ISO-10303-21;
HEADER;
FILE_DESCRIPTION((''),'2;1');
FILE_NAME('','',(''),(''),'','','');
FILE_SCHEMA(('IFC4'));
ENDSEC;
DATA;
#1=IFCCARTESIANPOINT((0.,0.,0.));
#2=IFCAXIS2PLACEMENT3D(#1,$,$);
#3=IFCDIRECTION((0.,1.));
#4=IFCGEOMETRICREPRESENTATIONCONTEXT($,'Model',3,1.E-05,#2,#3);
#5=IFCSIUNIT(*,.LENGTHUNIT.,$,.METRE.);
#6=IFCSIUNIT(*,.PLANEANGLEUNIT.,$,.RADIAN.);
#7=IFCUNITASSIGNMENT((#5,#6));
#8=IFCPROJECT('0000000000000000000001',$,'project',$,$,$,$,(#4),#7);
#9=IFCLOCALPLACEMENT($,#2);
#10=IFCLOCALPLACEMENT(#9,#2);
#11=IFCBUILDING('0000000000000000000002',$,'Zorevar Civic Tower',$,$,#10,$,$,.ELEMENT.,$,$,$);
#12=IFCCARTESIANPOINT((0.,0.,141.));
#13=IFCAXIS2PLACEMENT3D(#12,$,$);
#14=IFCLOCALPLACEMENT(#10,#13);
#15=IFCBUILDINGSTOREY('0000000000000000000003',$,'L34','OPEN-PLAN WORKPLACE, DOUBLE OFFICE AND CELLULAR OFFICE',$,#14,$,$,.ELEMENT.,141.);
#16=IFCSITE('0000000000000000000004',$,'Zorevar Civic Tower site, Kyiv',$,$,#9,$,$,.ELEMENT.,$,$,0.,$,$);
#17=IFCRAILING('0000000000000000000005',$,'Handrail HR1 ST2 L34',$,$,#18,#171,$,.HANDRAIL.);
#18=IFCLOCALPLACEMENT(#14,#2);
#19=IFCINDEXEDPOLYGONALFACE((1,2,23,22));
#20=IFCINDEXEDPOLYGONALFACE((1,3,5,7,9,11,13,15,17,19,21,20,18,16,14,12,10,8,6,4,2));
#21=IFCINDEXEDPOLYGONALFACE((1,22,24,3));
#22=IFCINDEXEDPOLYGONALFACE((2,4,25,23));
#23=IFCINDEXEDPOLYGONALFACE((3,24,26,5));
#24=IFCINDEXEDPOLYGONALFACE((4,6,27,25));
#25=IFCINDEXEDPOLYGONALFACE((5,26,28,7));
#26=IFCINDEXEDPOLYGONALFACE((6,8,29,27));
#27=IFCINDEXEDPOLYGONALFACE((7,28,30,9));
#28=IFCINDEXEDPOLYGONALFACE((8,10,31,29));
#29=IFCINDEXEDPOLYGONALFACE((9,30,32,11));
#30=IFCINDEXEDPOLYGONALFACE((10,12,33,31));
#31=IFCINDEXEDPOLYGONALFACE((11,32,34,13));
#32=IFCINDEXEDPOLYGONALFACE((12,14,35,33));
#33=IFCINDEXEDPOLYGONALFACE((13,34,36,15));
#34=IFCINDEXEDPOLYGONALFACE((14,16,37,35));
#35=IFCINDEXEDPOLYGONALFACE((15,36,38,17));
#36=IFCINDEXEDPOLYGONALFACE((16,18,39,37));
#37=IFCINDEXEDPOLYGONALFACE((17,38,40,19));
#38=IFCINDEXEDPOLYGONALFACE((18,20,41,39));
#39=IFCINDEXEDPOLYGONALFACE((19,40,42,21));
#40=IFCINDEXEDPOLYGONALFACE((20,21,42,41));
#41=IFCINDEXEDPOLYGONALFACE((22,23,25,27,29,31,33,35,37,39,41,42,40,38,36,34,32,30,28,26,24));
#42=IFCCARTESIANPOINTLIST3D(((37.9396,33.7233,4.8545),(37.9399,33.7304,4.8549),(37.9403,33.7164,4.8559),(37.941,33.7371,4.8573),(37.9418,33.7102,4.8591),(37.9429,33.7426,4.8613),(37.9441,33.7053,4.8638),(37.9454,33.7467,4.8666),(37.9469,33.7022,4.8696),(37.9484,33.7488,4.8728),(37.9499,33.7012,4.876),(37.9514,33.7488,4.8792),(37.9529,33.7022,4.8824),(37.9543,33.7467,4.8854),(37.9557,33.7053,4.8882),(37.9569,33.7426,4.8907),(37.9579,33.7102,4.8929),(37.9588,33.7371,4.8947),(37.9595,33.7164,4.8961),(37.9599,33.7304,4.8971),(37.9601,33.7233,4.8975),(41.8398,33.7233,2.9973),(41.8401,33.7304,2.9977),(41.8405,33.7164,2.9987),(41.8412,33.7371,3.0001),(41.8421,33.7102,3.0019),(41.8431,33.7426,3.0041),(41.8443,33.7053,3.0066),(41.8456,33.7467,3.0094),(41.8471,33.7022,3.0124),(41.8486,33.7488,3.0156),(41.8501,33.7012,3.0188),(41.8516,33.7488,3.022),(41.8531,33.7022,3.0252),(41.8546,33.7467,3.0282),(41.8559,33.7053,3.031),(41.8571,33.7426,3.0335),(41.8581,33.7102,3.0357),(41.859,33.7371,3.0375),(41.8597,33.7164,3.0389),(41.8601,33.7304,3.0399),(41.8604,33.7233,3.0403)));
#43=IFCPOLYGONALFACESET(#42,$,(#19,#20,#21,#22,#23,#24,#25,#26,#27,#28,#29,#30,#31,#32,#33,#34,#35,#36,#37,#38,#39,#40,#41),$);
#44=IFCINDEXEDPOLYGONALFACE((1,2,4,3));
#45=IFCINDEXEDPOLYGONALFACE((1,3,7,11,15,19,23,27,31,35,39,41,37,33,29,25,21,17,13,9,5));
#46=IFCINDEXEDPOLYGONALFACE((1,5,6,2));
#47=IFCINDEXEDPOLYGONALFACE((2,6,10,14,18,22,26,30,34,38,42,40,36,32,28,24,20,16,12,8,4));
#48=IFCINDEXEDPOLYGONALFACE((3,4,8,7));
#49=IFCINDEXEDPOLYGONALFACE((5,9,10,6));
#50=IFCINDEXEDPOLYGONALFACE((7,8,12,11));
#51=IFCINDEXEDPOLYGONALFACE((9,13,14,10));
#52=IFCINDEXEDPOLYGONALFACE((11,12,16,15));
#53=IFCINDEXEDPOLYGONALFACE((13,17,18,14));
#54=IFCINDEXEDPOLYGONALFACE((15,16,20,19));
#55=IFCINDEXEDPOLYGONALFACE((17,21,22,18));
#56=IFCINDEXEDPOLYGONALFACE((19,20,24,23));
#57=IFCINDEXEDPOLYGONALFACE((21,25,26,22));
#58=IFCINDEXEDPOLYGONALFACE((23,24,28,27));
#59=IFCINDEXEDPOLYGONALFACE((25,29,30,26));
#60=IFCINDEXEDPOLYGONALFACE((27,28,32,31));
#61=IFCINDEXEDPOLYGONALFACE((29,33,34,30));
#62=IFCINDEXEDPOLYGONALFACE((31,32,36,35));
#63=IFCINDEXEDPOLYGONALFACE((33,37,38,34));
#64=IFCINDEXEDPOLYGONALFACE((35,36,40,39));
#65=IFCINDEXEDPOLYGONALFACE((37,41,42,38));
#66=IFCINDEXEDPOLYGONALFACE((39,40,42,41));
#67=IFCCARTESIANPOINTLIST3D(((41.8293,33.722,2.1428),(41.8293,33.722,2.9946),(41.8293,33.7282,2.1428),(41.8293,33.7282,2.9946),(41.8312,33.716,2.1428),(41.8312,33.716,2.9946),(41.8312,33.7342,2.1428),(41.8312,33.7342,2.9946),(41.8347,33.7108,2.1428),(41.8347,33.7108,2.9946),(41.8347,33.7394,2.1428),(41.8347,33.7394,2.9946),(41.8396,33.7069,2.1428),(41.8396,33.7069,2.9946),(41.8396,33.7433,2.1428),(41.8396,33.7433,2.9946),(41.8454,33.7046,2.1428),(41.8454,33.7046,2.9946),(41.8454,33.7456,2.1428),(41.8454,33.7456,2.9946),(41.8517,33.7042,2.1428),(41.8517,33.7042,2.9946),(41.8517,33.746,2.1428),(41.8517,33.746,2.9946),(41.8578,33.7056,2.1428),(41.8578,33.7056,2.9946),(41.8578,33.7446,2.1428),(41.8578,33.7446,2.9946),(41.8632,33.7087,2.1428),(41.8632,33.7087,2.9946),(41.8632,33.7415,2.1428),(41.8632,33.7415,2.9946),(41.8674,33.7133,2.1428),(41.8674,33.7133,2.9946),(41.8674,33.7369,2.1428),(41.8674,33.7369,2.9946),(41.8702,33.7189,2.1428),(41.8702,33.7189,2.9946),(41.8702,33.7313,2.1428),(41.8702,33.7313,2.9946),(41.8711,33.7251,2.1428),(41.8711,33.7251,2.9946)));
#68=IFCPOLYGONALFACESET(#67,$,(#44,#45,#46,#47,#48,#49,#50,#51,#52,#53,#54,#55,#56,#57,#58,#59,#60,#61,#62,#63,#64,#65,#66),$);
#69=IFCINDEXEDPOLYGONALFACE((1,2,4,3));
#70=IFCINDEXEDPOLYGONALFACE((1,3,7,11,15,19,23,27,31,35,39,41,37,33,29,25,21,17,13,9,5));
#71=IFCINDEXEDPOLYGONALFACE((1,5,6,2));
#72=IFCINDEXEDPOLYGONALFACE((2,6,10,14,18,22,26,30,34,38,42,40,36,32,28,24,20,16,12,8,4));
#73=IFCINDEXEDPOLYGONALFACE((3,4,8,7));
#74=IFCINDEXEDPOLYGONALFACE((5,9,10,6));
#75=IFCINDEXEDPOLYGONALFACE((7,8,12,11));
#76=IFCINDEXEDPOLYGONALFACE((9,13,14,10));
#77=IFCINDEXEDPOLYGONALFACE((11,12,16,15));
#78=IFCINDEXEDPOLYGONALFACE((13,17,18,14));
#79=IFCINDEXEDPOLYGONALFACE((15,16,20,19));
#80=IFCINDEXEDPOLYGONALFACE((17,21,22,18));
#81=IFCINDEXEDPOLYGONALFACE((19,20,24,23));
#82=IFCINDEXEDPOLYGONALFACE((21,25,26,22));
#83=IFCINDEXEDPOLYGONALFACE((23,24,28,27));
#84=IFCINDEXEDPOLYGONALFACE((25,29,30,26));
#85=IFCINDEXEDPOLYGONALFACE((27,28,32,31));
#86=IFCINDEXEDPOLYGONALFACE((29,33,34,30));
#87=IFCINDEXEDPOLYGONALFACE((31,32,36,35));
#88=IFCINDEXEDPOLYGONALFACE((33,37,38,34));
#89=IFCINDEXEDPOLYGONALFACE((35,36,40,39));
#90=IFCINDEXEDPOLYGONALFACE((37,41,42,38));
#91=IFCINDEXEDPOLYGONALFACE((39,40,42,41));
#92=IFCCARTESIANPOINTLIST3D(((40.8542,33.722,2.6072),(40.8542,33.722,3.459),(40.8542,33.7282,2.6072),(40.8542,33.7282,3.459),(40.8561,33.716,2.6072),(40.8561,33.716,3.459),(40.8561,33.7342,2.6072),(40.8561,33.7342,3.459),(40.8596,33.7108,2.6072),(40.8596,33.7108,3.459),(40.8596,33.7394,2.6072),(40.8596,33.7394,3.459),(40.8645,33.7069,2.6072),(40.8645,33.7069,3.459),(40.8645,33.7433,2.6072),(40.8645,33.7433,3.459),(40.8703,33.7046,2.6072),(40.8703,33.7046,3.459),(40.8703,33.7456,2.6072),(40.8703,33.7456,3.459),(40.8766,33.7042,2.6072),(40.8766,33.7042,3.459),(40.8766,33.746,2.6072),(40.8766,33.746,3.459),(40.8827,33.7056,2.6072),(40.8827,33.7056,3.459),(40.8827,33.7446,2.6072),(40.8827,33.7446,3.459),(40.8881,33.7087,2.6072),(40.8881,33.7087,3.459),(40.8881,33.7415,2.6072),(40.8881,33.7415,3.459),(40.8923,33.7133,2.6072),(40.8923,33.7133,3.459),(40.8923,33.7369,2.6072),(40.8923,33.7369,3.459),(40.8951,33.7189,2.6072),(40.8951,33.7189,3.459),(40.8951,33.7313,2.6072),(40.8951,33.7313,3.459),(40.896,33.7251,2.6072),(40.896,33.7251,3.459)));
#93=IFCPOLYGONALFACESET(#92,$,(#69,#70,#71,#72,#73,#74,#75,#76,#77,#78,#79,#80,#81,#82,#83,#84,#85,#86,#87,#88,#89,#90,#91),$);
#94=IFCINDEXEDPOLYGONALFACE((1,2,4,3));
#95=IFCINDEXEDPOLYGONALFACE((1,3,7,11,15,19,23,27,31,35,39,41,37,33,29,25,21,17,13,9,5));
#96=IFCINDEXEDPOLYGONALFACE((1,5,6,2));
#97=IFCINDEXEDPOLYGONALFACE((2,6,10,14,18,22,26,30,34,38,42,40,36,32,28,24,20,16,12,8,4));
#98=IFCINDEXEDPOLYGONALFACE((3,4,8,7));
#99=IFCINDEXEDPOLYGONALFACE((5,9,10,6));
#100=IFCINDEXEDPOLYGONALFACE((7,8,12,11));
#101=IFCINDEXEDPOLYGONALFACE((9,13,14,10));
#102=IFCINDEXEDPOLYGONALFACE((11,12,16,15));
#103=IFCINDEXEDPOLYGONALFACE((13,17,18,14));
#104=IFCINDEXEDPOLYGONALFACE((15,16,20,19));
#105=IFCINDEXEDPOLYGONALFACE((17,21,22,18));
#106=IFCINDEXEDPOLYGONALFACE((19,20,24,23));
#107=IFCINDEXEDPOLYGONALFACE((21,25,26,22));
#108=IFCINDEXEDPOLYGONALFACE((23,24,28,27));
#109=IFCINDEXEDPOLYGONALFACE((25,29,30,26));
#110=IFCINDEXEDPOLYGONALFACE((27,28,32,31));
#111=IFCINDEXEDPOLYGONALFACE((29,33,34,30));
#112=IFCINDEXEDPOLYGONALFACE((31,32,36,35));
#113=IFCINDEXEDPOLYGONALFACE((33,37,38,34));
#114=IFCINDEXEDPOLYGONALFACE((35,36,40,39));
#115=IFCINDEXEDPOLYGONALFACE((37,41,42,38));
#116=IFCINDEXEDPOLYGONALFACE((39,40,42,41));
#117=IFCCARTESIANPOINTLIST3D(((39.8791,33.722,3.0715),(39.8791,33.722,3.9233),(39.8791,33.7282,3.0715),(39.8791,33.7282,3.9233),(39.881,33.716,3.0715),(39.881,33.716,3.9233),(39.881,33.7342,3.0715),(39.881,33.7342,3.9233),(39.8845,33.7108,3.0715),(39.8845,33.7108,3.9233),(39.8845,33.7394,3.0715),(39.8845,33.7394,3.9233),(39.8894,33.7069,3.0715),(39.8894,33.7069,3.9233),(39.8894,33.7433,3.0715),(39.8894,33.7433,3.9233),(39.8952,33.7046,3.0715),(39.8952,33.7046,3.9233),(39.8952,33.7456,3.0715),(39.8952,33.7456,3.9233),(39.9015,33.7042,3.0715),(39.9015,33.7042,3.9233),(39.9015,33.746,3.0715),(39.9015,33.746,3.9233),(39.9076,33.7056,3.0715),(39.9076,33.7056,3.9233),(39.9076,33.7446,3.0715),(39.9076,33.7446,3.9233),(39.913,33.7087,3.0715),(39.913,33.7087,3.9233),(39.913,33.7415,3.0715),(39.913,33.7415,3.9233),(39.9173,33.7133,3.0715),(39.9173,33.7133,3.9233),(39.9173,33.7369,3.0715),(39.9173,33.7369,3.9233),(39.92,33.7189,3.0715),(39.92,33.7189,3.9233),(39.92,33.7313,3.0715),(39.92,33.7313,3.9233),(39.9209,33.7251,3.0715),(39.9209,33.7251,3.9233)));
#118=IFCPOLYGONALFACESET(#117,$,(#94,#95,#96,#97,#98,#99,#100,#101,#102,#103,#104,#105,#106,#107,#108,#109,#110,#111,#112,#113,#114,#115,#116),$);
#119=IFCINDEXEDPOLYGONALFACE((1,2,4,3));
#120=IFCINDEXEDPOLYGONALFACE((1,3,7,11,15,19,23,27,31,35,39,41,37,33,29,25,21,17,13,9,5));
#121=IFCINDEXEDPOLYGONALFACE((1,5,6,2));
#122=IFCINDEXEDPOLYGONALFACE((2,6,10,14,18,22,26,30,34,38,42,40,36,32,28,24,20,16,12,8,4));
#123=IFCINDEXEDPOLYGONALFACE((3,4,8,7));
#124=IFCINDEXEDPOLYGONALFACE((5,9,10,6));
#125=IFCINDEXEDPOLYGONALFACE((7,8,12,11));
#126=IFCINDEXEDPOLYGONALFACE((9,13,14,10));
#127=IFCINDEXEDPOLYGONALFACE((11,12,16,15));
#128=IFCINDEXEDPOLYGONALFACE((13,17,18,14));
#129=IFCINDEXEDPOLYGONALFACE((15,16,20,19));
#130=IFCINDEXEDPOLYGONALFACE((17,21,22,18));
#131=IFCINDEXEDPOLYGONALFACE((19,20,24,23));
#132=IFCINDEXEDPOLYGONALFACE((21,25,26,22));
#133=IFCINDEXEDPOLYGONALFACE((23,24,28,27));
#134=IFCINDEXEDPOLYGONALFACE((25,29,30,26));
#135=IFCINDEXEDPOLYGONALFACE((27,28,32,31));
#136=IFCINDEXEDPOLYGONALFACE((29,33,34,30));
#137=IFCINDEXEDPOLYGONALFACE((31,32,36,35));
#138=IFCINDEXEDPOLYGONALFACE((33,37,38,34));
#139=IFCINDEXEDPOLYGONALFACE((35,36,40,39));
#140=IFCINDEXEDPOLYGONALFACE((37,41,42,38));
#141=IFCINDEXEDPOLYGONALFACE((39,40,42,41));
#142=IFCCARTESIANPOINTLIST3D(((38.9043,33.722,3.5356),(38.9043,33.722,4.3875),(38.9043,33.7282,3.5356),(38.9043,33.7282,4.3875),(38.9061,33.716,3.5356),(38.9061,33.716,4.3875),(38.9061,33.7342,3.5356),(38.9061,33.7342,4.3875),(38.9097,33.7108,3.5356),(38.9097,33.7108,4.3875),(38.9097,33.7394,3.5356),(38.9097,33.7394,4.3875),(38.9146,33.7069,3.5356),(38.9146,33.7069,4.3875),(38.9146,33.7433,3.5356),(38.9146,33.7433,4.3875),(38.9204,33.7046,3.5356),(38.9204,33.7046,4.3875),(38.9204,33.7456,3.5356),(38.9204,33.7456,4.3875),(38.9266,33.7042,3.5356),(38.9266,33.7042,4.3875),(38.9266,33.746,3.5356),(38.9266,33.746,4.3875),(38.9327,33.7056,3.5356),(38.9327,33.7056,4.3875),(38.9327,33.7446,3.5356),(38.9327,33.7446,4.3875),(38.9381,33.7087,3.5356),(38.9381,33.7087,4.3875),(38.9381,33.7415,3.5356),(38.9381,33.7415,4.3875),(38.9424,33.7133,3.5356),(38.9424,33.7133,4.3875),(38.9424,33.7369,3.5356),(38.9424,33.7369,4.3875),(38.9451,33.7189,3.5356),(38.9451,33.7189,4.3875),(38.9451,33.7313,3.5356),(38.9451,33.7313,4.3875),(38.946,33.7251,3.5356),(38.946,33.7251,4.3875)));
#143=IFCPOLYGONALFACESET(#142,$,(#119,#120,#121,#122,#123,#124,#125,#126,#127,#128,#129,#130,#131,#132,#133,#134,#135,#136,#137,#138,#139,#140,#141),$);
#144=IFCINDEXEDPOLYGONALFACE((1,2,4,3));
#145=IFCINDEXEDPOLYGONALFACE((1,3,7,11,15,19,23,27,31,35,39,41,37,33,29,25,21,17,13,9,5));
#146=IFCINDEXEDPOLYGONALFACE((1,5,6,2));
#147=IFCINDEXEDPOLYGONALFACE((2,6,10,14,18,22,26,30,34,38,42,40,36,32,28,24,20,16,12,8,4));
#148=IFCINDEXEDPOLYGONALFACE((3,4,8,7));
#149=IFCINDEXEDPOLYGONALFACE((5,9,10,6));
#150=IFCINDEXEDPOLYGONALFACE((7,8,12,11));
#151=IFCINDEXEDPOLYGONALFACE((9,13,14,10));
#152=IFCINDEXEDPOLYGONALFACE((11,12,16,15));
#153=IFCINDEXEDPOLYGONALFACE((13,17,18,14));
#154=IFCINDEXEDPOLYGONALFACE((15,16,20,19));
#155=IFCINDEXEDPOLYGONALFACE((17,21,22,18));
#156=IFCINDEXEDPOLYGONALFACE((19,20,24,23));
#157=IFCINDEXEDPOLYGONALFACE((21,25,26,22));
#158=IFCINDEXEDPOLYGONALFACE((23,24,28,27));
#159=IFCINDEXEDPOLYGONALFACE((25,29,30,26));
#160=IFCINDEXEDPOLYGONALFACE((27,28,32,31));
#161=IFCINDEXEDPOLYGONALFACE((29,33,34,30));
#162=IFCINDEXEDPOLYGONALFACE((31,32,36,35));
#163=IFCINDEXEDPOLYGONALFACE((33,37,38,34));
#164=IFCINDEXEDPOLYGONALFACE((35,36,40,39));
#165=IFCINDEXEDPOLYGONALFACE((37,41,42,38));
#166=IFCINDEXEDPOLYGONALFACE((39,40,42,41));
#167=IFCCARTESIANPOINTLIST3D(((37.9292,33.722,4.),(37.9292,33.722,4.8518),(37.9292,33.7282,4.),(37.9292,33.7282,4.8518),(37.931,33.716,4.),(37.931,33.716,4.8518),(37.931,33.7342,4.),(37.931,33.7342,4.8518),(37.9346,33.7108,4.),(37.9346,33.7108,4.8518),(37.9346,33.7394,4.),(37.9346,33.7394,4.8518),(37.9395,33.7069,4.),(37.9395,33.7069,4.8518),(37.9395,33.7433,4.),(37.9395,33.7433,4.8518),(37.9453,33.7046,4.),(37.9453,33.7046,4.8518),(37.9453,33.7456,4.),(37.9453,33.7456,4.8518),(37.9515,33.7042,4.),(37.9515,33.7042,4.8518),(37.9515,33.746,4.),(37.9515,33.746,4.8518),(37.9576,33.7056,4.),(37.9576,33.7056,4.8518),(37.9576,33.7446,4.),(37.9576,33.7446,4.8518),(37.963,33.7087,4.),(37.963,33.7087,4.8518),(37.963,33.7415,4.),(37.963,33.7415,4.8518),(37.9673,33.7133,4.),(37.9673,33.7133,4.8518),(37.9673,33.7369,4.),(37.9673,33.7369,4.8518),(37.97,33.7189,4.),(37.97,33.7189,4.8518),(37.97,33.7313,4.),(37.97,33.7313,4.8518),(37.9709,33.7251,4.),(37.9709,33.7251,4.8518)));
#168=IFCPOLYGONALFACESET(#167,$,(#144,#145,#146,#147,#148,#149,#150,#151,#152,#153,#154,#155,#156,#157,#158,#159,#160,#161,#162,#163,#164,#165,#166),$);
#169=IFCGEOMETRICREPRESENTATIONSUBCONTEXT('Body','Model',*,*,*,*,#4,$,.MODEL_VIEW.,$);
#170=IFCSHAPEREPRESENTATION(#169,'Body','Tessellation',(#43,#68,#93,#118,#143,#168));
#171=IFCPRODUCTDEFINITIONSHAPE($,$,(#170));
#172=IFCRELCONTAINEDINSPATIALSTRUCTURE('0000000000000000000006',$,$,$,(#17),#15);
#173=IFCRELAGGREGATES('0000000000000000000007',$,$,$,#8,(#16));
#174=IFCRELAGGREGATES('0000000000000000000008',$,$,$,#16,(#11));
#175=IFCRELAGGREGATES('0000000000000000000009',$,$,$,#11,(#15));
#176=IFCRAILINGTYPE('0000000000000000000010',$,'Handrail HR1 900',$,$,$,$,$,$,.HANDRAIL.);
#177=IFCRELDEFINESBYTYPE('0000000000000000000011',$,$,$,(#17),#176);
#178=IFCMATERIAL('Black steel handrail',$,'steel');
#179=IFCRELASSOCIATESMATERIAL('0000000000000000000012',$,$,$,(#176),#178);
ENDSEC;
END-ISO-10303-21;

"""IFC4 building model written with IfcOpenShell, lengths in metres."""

from ifc_helpers import new_model, si_unit, direction, frame, origin, origin_2d, place, context, subcontext, project, spatial, circle, extrude, material, type_object, element, save


model = new_model("IFC4")

# Units and contexts
model_context = context("Model", 3, precision=1e-05, world=origin(), true_north=direction((0.0, 1.0)))
body_context = subcontext(model_context, "Body", "Model", "MODEL_VIEW")
ifc_project = project(units=[si_unit("LENGTHUNIT", "METRE"), si_unit("PLANEANGLEUNIT", "RADIAN")], contexts=[model_context])

# Site, building, storey
site_placement = place(None, origin())
site = spatial("IfcSite", under=ifc_project, at=site_placement, Name="Zorevar Civic Tower site, Kyiv", CompositionType="ELEMENT", RefElevation=0.0)
building_placement = place(site_placement, origin())
building = spatial("IfcBuilding", under=site, at=building_placement, Name="Zorevar Civic Tower", CompositionType="ELEMENT")
storey_placement = place(building_placement, frame((0.0, 0.0, 141.0)))
storey = spatial("IfcBuildingStorey", under=building, at=storey_placement, Name="L34", Description="OPEN-PLAN WORKPLACE, DOUBLE OFFICE AND CELLULAR OFFICE", CompositionType="ELEMENT", Elevation=141.0)

# Railing
ifc_material_1 = material(Name="Black steel handrail", Category="steel")
railing_type = type_object("IfcRailingType", Name="Handrail HR1 900", PredefinedType="HANDRAIL", material=ifc_material_1)
railing_1_placement = place(storey_placement, frame((41.8501, 33.7251, 2.1428)))
element("IfcRailing", 1, at=railing_1_placement, inside=storey, type_object=railing_type, Name="Handrail HR1 ST2 L34", PredefinedType="HANDRAIL", context=body_context, shape_type="SweptSolid", body=[
    extrude(circle(Radius=0.0239, at=origin_2d()), frame((0.0, 0.0, 0.876), z_axis=(-0.902864, 0.0, 0.429927), x_axis=(0.0, -1.0, 0.0)), (0.0, 0.0, 1.0), 4.3198),
    extrude(circle(Radius=0.021, at=origin_2d()), origin(), (0.0, 0.0, 1.0), 0.8518),
    extrude(circle(Radius=0.021, at=origin_2d()), frame((-0.9751, 0.0, 0.4644)), (0.0, 0.0, 1.0), 0.8518),
    extrude(circle(Radius=0.021, at=origin_2d()), frame((-1.9502, 0.0, 0.9287)), (0.0, 0.0, 1.0), 0.8518),
    extrude(circle(Radius=0.021, at=origin_2d()), frame((-2.925, 0.0, 1.3928)), (0.0, 0.0, 1.0), 0.8518),
    extrude(circle(Radius=0.021, at=origin_2d()), frame((-3.9001, 0.0, 1.8572)), (0.0, 0.0, 1.0), 0.8518),
])

save(model, "model.ifc")
